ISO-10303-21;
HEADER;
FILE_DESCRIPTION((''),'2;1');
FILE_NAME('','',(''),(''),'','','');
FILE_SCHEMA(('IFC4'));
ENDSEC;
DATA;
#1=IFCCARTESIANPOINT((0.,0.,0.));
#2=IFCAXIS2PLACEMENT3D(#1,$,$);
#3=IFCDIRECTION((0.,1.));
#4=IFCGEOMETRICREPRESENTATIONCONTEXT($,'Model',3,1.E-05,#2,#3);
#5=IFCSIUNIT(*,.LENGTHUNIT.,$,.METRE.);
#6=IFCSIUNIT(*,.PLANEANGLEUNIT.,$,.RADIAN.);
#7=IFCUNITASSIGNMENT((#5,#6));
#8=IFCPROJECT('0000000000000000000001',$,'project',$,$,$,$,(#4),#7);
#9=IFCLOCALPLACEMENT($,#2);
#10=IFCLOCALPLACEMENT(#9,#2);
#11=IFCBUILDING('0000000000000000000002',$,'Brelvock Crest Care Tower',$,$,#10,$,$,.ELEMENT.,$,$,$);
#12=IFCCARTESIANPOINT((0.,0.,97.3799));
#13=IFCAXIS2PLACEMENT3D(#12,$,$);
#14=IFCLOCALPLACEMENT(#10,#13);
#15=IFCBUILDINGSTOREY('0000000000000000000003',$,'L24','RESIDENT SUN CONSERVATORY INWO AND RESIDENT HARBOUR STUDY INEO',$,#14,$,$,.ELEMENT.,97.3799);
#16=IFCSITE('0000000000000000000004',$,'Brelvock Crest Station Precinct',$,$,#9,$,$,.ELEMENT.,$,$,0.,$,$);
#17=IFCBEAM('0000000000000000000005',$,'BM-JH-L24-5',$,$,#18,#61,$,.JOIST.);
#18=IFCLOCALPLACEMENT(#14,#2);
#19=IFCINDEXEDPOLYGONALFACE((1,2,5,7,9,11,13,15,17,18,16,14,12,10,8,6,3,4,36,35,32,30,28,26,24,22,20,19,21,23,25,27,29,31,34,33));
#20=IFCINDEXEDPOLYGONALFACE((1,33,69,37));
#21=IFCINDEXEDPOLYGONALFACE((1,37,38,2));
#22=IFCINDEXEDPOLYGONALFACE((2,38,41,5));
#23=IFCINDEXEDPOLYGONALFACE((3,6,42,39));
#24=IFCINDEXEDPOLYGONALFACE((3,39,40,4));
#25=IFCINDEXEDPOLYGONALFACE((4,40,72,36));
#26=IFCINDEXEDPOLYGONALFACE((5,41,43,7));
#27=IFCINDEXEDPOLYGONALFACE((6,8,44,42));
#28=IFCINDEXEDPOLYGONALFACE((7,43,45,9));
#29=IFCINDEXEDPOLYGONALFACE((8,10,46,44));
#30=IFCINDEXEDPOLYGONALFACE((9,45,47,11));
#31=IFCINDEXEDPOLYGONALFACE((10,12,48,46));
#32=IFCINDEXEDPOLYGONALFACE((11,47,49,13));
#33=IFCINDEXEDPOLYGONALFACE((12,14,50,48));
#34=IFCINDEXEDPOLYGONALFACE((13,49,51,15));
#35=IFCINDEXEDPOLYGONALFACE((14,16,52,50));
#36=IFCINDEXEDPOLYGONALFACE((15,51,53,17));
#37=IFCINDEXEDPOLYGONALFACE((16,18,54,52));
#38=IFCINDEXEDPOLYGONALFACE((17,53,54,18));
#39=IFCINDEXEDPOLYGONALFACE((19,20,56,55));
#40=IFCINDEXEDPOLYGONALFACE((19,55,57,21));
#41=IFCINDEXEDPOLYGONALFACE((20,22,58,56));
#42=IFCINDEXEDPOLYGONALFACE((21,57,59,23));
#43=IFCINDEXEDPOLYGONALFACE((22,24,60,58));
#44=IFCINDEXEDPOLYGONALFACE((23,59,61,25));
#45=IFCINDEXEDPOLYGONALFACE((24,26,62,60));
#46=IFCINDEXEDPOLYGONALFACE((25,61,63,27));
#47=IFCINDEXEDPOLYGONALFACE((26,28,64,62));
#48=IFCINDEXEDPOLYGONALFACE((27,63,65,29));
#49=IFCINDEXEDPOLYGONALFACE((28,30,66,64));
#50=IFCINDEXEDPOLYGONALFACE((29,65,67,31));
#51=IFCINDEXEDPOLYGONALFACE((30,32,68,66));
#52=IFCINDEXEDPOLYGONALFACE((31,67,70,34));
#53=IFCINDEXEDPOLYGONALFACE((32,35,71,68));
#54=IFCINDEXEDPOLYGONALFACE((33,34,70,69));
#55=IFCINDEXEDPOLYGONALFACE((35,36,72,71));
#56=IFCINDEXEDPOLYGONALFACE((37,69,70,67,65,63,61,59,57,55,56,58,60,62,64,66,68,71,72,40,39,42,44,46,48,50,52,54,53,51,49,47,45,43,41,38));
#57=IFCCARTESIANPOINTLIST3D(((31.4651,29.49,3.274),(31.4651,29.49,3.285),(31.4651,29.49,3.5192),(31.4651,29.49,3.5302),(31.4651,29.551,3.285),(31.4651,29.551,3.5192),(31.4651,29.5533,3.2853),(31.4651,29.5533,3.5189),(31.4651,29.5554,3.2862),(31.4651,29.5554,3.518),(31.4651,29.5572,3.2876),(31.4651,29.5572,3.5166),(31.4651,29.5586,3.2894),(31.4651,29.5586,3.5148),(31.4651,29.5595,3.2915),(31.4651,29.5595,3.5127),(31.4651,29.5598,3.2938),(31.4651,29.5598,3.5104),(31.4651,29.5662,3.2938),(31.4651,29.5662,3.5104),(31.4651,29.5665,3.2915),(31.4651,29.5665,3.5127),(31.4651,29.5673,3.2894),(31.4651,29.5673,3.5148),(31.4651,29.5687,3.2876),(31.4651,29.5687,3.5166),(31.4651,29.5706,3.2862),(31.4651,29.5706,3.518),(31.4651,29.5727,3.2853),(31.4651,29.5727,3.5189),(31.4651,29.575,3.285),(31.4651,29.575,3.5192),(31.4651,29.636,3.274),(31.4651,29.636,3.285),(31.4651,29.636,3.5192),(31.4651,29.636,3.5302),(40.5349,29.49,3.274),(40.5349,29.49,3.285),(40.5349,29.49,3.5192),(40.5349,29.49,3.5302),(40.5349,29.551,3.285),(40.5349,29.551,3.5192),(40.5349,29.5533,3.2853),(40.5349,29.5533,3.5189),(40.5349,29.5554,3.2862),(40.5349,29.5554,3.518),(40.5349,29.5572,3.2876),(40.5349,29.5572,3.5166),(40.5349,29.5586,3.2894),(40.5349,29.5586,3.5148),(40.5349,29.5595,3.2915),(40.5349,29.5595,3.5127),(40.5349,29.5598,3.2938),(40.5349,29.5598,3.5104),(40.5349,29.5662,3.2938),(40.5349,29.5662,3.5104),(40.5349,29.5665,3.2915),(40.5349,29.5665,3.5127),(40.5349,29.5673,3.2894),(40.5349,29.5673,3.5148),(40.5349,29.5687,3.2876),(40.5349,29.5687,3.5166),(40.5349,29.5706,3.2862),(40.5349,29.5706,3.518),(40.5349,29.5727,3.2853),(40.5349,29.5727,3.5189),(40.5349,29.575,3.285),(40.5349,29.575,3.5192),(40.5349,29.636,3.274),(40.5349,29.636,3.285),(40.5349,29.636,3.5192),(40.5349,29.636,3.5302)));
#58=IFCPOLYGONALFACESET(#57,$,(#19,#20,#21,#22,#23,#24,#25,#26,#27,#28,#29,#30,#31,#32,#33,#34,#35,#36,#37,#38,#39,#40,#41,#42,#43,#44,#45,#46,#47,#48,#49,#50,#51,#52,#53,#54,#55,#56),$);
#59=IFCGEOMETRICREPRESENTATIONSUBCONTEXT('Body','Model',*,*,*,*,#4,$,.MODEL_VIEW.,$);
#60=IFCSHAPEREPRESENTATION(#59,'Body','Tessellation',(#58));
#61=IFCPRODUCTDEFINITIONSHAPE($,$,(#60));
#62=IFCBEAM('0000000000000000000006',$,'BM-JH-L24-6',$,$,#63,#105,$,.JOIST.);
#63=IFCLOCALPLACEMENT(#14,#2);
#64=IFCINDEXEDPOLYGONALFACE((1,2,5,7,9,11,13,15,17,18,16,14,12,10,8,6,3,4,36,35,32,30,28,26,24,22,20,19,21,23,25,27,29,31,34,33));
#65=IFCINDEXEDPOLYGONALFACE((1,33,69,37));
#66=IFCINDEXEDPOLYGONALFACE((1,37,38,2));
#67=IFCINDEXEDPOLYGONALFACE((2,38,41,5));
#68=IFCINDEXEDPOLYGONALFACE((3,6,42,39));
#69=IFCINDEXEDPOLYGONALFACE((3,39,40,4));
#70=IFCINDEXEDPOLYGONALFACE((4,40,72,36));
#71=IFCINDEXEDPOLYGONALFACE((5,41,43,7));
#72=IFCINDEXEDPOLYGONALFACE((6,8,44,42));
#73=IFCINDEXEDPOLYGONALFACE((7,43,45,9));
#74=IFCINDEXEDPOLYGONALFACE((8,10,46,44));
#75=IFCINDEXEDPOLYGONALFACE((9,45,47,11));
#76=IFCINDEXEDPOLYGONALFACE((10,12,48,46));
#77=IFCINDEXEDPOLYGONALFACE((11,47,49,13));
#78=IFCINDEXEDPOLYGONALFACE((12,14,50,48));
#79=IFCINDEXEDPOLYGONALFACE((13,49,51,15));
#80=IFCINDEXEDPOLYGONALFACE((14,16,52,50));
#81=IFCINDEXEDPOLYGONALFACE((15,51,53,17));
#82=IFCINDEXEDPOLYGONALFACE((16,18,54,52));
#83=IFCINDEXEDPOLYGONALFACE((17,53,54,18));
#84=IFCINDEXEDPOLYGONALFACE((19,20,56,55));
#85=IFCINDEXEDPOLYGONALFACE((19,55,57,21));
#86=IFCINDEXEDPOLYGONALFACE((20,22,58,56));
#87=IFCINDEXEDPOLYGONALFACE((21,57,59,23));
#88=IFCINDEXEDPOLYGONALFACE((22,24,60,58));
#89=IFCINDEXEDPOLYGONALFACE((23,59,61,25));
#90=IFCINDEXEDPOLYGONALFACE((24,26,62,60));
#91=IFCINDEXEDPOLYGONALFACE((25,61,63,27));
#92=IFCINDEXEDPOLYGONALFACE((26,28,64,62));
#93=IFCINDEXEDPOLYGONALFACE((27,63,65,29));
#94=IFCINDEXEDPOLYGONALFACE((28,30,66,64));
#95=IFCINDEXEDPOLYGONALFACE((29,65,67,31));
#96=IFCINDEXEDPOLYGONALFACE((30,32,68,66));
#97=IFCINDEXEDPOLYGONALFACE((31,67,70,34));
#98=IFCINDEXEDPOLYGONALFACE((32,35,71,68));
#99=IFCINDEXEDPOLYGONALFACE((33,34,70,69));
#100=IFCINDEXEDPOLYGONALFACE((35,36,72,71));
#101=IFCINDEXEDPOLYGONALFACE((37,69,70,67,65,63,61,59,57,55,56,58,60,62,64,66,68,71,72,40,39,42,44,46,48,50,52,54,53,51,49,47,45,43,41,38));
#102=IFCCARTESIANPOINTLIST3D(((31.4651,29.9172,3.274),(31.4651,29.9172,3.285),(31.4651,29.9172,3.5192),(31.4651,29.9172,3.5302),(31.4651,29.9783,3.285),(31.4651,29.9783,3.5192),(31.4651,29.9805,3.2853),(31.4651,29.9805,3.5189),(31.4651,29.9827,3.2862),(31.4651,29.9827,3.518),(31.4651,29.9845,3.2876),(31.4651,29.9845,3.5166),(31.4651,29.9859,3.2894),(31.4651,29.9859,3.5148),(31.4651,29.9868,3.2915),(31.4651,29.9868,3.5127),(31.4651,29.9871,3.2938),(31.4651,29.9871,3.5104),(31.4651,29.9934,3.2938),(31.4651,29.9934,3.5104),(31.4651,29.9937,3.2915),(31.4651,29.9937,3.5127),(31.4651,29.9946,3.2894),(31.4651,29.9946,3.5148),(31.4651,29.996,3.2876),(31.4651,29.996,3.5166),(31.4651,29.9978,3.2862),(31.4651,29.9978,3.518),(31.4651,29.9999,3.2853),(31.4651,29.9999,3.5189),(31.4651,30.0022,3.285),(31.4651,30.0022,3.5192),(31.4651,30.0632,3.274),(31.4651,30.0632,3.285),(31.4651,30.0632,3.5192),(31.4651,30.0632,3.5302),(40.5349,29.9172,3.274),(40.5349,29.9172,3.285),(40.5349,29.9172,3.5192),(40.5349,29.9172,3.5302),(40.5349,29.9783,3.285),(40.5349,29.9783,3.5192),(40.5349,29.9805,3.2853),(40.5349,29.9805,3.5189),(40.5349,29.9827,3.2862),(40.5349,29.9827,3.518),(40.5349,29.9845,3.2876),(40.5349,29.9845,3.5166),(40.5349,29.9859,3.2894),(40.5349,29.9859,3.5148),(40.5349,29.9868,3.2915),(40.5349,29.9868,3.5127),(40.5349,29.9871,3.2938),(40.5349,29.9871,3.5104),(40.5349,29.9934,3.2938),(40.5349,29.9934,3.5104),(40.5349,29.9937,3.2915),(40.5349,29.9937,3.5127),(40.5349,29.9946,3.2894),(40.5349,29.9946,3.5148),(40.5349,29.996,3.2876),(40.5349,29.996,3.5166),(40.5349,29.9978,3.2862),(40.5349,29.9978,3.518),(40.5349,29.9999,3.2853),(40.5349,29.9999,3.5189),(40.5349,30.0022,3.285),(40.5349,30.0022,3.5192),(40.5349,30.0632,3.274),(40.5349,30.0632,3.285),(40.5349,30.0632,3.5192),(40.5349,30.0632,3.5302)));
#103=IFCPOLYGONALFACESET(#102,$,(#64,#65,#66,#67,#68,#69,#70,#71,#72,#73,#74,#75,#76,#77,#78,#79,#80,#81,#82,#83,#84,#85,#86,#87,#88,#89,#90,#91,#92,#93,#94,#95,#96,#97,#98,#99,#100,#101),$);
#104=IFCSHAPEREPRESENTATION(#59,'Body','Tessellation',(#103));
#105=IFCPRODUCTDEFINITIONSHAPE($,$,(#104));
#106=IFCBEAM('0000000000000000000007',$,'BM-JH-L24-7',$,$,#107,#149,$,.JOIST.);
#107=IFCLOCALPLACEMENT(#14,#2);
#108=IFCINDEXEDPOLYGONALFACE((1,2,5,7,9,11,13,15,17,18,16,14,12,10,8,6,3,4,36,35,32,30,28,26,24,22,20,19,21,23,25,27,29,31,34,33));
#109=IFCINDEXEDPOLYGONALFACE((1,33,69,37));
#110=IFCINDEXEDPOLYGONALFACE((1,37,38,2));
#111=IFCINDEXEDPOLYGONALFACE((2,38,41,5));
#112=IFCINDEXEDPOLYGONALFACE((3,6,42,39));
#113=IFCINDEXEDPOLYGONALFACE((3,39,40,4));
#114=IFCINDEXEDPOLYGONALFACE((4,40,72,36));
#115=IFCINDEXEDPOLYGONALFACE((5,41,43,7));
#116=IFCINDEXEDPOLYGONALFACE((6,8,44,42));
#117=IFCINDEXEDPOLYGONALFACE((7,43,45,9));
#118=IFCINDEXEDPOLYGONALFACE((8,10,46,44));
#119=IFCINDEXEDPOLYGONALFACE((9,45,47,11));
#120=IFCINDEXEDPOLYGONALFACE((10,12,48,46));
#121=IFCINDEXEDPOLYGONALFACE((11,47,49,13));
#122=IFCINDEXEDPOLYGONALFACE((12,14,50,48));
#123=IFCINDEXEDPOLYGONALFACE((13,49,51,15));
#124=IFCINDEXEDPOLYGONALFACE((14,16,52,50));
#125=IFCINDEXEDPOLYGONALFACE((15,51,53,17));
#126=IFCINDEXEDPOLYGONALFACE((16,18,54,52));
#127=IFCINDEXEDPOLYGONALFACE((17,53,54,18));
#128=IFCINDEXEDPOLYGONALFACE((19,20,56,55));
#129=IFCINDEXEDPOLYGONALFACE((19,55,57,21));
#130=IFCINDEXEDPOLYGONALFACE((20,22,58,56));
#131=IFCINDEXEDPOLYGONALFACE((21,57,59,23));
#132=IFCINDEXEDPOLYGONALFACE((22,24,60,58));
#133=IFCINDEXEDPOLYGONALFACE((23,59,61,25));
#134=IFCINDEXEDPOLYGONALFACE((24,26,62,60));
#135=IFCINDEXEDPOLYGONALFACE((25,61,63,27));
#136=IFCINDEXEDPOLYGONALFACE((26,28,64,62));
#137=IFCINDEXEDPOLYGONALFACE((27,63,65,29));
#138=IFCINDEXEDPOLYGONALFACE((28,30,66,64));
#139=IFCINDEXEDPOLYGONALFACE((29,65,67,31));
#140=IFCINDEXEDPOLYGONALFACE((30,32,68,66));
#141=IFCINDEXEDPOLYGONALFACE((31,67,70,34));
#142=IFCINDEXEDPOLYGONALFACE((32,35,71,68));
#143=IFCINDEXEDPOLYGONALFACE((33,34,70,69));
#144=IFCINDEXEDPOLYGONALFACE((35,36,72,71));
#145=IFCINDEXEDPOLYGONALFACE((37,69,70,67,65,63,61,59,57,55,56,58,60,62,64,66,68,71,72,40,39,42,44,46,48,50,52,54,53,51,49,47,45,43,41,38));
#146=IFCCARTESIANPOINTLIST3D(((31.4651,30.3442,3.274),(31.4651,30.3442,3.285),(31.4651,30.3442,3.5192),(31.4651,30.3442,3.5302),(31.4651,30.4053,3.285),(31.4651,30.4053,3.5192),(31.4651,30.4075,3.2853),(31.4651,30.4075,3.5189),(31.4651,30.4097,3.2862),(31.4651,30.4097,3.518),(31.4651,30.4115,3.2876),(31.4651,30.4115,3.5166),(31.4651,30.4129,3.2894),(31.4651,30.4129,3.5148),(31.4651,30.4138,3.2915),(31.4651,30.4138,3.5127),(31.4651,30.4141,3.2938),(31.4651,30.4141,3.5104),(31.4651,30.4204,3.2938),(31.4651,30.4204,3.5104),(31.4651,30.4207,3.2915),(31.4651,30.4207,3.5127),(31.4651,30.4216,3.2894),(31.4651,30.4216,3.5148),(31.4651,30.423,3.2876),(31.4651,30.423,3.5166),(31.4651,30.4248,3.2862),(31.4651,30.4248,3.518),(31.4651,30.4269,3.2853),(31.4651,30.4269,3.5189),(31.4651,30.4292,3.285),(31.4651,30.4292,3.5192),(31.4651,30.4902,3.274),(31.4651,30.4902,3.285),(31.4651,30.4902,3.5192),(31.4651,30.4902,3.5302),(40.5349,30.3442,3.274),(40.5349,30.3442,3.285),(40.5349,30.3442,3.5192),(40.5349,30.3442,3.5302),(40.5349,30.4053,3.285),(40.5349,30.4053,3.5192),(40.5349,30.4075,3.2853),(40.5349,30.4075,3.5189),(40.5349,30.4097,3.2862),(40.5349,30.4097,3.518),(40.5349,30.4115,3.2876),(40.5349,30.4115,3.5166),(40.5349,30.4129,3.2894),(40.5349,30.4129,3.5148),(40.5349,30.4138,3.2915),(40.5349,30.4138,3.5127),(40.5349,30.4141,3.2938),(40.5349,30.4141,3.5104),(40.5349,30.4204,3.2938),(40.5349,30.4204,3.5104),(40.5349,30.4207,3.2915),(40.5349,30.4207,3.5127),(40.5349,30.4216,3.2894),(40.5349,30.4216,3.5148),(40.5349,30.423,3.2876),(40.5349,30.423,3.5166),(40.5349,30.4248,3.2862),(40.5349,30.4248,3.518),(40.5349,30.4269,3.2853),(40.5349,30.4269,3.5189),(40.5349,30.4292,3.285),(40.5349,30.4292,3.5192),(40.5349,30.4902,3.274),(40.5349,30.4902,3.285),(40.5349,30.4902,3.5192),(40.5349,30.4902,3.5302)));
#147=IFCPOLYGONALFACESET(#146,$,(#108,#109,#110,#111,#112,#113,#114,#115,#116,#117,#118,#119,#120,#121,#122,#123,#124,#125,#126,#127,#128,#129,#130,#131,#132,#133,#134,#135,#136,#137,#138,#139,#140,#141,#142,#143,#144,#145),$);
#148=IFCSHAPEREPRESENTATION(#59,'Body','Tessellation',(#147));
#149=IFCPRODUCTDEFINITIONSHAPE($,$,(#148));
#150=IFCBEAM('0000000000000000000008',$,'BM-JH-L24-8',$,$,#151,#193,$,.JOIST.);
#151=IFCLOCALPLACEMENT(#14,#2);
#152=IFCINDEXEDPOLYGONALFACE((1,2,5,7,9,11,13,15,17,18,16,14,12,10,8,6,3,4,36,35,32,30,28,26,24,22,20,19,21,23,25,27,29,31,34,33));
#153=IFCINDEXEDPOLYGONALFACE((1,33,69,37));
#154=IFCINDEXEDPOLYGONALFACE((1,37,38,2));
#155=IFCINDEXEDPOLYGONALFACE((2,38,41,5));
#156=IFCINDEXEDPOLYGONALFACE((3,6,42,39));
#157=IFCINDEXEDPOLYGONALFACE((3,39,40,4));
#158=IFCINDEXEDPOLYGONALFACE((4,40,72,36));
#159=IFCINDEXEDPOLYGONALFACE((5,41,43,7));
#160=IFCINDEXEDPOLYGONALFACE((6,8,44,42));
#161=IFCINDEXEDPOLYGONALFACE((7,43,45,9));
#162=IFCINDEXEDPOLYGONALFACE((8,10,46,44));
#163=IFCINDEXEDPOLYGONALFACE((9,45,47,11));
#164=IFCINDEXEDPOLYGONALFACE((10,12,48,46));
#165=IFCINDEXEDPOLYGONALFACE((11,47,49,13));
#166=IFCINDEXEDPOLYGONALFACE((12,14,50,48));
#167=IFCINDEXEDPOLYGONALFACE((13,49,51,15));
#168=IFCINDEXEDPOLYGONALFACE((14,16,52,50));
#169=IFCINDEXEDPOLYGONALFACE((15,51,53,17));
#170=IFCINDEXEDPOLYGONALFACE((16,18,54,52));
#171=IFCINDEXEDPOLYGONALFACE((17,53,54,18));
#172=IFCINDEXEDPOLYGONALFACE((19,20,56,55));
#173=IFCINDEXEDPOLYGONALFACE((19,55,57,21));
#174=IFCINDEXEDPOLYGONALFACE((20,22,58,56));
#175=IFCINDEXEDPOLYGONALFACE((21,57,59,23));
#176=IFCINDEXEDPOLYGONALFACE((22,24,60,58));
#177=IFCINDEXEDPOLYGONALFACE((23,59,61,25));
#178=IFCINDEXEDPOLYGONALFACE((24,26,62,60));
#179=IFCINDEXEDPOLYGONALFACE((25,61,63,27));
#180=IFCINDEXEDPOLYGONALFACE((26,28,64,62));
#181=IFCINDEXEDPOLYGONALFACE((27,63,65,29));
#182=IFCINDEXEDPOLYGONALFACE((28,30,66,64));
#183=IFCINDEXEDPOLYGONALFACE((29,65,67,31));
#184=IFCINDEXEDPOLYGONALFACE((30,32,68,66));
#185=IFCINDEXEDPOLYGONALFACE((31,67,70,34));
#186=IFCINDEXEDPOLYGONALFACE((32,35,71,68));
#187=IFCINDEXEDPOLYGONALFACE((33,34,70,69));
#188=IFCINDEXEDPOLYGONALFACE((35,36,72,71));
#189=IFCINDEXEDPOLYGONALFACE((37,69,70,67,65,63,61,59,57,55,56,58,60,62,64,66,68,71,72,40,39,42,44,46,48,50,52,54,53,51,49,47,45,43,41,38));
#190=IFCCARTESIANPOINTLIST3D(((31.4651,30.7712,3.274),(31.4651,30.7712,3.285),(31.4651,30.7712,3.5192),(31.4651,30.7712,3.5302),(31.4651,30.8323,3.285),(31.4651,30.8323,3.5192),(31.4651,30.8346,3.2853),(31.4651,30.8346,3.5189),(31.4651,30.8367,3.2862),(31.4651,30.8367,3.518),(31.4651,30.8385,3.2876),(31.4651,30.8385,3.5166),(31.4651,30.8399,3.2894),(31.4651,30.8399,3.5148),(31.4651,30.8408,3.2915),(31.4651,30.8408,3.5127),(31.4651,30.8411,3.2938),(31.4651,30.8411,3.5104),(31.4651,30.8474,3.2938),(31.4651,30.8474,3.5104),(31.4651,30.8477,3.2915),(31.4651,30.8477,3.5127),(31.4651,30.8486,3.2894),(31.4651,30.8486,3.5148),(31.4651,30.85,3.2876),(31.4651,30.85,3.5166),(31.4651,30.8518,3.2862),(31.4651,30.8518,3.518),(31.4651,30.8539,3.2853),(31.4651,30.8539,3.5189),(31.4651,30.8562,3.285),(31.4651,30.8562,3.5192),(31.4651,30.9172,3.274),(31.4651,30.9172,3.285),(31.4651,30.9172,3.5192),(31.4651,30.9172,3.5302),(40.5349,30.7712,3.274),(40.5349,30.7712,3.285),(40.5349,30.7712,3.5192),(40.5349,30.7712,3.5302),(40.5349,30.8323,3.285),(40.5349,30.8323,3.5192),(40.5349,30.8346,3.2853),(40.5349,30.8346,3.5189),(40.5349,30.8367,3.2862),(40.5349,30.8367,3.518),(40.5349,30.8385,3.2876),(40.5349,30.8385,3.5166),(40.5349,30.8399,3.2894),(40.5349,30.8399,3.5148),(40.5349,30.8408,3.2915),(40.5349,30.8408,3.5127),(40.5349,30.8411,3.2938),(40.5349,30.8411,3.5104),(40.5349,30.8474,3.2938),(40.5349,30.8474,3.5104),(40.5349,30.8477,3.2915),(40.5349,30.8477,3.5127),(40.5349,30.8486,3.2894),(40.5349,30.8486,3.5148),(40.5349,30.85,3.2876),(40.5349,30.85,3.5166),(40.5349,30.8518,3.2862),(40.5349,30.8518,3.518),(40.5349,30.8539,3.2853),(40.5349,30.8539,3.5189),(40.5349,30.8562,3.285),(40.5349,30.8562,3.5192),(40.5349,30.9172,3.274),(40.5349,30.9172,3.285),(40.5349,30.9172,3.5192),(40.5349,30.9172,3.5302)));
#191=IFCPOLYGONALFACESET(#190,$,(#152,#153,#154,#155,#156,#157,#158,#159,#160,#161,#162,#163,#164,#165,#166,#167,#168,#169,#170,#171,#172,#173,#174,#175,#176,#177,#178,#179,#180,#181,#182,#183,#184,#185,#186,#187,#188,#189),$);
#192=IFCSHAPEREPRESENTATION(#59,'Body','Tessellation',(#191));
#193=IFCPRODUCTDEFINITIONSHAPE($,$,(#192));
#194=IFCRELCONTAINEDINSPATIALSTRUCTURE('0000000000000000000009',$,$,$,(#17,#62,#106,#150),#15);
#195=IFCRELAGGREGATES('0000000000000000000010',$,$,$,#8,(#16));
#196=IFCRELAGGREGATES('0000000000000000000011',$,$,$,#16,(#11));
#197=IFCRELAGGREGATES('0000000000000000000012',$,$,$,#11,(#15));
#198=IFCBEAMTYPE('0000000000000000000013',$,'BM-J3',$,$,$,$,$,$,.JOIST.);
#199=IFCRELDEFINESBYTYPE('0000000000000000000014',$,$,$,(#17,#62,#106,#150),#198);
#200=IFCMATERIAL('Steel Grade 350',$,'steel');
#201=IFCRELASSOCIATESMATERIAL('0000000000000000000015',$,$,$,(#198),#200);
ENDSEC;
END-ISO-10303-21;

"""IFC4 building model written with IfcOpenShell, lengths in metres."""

from ifc_helpers import new_model, si_unit, direction, frame, origin, origin_2d, place, context, subcontext, project, spatial, i_section, extrude, source, transform, mapped, material, material_profile, profile_set, type_object, element, save


model = new_model("IFC4")

# Units and contexts
model_context = context("Model", 3, precision=1e-05, world=origin(), true_north=direction((0.0, 1.0)))
body_context = subcontext(model_context, "Body", "Model", "MODEL_VIEW")
ifc_project = project(units=[si_unit("LENGTHUNIT", "METRE"), si_unit("PLANEANGLEUNIT", "RADIAN")], contexts=[model_context])

# Site, building, storey
site_placement = place(None, origin())
site = spatial("IfcSite", under=ifc_project, at=site_placement, Name="Brelvock Crest Station Precinct", CompositionType="ELEMENT", RefElevation=0.0)
building_placement = place(site_placement, origin())
building = spatial("IfcBuilding", under=site, at=building_placement, Name="Brelvock Crest Care Tower", CompositionType="ELEMENT")
storey_placement = place(building_placement, frame((0.0, 0.0, 97.3799)))
storey = spatial("IfcBuildingStorey", under=building, at=storey_placement, Name="L24", Description="RESIDENT SUN CONSERVATORY INWO AND RESIDENT HARBOUR STUDY INEO", CompositionType="ELEMENT", Elevation=97.3799)

# Shared definitions
ifc_material_1 = material(Name="Steel Grade 350", Category="steel")

# Beams
ifc_material_profile_1 = material_profile(ifc_material_1, i_section(OverallWidth=0.146, OverallDepth=0.2561, WebThickness=0.0063, FlangeThickness=0.011, FilletRadius=0.0088, at=origin_2d()), Name="250UB37.3")
ifc_profile_set_1 = profile_set([ifc_material_profile_1], Name="Steel Grade 350")
beam_type_1 = type_object("IfcBeamType", Name="BM-J3", PredefinedType="JOIST", material=ifc_profile_set_1)
shared_shape_1 = source(origin(), body_context, "Body", "SweptSolid", [
    extrude(i_section(OverallWidth=0.146, OverallDepth=0.2561, WebThickness=0.0063, FlangeThickness=0.011, FilletRadius=0.0088, at=origin_2d()), origin(), (0.0, 0.0, 1.0), 9.0698),
])
for number, where, z_axis, x_axis, name in (
    (1, (31.4651, 29.563, 3.4021), (1.0, 0.0, 0.0), (0.0, 1.0, 0.0), "BM-JH-L24-5"),
    (2, (31.4651, 29.9902, 3.4021), (1.0, 0.0, 0.0), (0.0, 1.0, 0.0), "BM-JH-L24-6"),
    (3, (31.4651, 30.4172, 3.4021), (1.0, 0.0, 0.0), (0.0, 1.0, 0.0), "BM-JH-L24-7"),
    (4, (31.4651, 30.8442, 3.4021), (1.0, 0.0, 0.0), (0.0, 1.0, 0.0), "BM-JH-L24-8"),
):
    element("IfcBeam", number, at=place(storey_placement, frame(where, z_axis=z_axis, x_axis=x_axis)), inside=storey, type_object=beam_type_1, Name=name, PredefinedType="JOIST", context=body_context, shape_type="MappedRepresentation", body=[
        mapped(shared_shape_1, transform((0.0, 0.0, 0.0), x_axis=(1.0, 0.0, 0.0), y_axis=(0.0, 1.0, 0.0), z_axis=(0.0, 0.0, 1.0), scale=1.0)),
    ])

save(model, "model.ifc")
